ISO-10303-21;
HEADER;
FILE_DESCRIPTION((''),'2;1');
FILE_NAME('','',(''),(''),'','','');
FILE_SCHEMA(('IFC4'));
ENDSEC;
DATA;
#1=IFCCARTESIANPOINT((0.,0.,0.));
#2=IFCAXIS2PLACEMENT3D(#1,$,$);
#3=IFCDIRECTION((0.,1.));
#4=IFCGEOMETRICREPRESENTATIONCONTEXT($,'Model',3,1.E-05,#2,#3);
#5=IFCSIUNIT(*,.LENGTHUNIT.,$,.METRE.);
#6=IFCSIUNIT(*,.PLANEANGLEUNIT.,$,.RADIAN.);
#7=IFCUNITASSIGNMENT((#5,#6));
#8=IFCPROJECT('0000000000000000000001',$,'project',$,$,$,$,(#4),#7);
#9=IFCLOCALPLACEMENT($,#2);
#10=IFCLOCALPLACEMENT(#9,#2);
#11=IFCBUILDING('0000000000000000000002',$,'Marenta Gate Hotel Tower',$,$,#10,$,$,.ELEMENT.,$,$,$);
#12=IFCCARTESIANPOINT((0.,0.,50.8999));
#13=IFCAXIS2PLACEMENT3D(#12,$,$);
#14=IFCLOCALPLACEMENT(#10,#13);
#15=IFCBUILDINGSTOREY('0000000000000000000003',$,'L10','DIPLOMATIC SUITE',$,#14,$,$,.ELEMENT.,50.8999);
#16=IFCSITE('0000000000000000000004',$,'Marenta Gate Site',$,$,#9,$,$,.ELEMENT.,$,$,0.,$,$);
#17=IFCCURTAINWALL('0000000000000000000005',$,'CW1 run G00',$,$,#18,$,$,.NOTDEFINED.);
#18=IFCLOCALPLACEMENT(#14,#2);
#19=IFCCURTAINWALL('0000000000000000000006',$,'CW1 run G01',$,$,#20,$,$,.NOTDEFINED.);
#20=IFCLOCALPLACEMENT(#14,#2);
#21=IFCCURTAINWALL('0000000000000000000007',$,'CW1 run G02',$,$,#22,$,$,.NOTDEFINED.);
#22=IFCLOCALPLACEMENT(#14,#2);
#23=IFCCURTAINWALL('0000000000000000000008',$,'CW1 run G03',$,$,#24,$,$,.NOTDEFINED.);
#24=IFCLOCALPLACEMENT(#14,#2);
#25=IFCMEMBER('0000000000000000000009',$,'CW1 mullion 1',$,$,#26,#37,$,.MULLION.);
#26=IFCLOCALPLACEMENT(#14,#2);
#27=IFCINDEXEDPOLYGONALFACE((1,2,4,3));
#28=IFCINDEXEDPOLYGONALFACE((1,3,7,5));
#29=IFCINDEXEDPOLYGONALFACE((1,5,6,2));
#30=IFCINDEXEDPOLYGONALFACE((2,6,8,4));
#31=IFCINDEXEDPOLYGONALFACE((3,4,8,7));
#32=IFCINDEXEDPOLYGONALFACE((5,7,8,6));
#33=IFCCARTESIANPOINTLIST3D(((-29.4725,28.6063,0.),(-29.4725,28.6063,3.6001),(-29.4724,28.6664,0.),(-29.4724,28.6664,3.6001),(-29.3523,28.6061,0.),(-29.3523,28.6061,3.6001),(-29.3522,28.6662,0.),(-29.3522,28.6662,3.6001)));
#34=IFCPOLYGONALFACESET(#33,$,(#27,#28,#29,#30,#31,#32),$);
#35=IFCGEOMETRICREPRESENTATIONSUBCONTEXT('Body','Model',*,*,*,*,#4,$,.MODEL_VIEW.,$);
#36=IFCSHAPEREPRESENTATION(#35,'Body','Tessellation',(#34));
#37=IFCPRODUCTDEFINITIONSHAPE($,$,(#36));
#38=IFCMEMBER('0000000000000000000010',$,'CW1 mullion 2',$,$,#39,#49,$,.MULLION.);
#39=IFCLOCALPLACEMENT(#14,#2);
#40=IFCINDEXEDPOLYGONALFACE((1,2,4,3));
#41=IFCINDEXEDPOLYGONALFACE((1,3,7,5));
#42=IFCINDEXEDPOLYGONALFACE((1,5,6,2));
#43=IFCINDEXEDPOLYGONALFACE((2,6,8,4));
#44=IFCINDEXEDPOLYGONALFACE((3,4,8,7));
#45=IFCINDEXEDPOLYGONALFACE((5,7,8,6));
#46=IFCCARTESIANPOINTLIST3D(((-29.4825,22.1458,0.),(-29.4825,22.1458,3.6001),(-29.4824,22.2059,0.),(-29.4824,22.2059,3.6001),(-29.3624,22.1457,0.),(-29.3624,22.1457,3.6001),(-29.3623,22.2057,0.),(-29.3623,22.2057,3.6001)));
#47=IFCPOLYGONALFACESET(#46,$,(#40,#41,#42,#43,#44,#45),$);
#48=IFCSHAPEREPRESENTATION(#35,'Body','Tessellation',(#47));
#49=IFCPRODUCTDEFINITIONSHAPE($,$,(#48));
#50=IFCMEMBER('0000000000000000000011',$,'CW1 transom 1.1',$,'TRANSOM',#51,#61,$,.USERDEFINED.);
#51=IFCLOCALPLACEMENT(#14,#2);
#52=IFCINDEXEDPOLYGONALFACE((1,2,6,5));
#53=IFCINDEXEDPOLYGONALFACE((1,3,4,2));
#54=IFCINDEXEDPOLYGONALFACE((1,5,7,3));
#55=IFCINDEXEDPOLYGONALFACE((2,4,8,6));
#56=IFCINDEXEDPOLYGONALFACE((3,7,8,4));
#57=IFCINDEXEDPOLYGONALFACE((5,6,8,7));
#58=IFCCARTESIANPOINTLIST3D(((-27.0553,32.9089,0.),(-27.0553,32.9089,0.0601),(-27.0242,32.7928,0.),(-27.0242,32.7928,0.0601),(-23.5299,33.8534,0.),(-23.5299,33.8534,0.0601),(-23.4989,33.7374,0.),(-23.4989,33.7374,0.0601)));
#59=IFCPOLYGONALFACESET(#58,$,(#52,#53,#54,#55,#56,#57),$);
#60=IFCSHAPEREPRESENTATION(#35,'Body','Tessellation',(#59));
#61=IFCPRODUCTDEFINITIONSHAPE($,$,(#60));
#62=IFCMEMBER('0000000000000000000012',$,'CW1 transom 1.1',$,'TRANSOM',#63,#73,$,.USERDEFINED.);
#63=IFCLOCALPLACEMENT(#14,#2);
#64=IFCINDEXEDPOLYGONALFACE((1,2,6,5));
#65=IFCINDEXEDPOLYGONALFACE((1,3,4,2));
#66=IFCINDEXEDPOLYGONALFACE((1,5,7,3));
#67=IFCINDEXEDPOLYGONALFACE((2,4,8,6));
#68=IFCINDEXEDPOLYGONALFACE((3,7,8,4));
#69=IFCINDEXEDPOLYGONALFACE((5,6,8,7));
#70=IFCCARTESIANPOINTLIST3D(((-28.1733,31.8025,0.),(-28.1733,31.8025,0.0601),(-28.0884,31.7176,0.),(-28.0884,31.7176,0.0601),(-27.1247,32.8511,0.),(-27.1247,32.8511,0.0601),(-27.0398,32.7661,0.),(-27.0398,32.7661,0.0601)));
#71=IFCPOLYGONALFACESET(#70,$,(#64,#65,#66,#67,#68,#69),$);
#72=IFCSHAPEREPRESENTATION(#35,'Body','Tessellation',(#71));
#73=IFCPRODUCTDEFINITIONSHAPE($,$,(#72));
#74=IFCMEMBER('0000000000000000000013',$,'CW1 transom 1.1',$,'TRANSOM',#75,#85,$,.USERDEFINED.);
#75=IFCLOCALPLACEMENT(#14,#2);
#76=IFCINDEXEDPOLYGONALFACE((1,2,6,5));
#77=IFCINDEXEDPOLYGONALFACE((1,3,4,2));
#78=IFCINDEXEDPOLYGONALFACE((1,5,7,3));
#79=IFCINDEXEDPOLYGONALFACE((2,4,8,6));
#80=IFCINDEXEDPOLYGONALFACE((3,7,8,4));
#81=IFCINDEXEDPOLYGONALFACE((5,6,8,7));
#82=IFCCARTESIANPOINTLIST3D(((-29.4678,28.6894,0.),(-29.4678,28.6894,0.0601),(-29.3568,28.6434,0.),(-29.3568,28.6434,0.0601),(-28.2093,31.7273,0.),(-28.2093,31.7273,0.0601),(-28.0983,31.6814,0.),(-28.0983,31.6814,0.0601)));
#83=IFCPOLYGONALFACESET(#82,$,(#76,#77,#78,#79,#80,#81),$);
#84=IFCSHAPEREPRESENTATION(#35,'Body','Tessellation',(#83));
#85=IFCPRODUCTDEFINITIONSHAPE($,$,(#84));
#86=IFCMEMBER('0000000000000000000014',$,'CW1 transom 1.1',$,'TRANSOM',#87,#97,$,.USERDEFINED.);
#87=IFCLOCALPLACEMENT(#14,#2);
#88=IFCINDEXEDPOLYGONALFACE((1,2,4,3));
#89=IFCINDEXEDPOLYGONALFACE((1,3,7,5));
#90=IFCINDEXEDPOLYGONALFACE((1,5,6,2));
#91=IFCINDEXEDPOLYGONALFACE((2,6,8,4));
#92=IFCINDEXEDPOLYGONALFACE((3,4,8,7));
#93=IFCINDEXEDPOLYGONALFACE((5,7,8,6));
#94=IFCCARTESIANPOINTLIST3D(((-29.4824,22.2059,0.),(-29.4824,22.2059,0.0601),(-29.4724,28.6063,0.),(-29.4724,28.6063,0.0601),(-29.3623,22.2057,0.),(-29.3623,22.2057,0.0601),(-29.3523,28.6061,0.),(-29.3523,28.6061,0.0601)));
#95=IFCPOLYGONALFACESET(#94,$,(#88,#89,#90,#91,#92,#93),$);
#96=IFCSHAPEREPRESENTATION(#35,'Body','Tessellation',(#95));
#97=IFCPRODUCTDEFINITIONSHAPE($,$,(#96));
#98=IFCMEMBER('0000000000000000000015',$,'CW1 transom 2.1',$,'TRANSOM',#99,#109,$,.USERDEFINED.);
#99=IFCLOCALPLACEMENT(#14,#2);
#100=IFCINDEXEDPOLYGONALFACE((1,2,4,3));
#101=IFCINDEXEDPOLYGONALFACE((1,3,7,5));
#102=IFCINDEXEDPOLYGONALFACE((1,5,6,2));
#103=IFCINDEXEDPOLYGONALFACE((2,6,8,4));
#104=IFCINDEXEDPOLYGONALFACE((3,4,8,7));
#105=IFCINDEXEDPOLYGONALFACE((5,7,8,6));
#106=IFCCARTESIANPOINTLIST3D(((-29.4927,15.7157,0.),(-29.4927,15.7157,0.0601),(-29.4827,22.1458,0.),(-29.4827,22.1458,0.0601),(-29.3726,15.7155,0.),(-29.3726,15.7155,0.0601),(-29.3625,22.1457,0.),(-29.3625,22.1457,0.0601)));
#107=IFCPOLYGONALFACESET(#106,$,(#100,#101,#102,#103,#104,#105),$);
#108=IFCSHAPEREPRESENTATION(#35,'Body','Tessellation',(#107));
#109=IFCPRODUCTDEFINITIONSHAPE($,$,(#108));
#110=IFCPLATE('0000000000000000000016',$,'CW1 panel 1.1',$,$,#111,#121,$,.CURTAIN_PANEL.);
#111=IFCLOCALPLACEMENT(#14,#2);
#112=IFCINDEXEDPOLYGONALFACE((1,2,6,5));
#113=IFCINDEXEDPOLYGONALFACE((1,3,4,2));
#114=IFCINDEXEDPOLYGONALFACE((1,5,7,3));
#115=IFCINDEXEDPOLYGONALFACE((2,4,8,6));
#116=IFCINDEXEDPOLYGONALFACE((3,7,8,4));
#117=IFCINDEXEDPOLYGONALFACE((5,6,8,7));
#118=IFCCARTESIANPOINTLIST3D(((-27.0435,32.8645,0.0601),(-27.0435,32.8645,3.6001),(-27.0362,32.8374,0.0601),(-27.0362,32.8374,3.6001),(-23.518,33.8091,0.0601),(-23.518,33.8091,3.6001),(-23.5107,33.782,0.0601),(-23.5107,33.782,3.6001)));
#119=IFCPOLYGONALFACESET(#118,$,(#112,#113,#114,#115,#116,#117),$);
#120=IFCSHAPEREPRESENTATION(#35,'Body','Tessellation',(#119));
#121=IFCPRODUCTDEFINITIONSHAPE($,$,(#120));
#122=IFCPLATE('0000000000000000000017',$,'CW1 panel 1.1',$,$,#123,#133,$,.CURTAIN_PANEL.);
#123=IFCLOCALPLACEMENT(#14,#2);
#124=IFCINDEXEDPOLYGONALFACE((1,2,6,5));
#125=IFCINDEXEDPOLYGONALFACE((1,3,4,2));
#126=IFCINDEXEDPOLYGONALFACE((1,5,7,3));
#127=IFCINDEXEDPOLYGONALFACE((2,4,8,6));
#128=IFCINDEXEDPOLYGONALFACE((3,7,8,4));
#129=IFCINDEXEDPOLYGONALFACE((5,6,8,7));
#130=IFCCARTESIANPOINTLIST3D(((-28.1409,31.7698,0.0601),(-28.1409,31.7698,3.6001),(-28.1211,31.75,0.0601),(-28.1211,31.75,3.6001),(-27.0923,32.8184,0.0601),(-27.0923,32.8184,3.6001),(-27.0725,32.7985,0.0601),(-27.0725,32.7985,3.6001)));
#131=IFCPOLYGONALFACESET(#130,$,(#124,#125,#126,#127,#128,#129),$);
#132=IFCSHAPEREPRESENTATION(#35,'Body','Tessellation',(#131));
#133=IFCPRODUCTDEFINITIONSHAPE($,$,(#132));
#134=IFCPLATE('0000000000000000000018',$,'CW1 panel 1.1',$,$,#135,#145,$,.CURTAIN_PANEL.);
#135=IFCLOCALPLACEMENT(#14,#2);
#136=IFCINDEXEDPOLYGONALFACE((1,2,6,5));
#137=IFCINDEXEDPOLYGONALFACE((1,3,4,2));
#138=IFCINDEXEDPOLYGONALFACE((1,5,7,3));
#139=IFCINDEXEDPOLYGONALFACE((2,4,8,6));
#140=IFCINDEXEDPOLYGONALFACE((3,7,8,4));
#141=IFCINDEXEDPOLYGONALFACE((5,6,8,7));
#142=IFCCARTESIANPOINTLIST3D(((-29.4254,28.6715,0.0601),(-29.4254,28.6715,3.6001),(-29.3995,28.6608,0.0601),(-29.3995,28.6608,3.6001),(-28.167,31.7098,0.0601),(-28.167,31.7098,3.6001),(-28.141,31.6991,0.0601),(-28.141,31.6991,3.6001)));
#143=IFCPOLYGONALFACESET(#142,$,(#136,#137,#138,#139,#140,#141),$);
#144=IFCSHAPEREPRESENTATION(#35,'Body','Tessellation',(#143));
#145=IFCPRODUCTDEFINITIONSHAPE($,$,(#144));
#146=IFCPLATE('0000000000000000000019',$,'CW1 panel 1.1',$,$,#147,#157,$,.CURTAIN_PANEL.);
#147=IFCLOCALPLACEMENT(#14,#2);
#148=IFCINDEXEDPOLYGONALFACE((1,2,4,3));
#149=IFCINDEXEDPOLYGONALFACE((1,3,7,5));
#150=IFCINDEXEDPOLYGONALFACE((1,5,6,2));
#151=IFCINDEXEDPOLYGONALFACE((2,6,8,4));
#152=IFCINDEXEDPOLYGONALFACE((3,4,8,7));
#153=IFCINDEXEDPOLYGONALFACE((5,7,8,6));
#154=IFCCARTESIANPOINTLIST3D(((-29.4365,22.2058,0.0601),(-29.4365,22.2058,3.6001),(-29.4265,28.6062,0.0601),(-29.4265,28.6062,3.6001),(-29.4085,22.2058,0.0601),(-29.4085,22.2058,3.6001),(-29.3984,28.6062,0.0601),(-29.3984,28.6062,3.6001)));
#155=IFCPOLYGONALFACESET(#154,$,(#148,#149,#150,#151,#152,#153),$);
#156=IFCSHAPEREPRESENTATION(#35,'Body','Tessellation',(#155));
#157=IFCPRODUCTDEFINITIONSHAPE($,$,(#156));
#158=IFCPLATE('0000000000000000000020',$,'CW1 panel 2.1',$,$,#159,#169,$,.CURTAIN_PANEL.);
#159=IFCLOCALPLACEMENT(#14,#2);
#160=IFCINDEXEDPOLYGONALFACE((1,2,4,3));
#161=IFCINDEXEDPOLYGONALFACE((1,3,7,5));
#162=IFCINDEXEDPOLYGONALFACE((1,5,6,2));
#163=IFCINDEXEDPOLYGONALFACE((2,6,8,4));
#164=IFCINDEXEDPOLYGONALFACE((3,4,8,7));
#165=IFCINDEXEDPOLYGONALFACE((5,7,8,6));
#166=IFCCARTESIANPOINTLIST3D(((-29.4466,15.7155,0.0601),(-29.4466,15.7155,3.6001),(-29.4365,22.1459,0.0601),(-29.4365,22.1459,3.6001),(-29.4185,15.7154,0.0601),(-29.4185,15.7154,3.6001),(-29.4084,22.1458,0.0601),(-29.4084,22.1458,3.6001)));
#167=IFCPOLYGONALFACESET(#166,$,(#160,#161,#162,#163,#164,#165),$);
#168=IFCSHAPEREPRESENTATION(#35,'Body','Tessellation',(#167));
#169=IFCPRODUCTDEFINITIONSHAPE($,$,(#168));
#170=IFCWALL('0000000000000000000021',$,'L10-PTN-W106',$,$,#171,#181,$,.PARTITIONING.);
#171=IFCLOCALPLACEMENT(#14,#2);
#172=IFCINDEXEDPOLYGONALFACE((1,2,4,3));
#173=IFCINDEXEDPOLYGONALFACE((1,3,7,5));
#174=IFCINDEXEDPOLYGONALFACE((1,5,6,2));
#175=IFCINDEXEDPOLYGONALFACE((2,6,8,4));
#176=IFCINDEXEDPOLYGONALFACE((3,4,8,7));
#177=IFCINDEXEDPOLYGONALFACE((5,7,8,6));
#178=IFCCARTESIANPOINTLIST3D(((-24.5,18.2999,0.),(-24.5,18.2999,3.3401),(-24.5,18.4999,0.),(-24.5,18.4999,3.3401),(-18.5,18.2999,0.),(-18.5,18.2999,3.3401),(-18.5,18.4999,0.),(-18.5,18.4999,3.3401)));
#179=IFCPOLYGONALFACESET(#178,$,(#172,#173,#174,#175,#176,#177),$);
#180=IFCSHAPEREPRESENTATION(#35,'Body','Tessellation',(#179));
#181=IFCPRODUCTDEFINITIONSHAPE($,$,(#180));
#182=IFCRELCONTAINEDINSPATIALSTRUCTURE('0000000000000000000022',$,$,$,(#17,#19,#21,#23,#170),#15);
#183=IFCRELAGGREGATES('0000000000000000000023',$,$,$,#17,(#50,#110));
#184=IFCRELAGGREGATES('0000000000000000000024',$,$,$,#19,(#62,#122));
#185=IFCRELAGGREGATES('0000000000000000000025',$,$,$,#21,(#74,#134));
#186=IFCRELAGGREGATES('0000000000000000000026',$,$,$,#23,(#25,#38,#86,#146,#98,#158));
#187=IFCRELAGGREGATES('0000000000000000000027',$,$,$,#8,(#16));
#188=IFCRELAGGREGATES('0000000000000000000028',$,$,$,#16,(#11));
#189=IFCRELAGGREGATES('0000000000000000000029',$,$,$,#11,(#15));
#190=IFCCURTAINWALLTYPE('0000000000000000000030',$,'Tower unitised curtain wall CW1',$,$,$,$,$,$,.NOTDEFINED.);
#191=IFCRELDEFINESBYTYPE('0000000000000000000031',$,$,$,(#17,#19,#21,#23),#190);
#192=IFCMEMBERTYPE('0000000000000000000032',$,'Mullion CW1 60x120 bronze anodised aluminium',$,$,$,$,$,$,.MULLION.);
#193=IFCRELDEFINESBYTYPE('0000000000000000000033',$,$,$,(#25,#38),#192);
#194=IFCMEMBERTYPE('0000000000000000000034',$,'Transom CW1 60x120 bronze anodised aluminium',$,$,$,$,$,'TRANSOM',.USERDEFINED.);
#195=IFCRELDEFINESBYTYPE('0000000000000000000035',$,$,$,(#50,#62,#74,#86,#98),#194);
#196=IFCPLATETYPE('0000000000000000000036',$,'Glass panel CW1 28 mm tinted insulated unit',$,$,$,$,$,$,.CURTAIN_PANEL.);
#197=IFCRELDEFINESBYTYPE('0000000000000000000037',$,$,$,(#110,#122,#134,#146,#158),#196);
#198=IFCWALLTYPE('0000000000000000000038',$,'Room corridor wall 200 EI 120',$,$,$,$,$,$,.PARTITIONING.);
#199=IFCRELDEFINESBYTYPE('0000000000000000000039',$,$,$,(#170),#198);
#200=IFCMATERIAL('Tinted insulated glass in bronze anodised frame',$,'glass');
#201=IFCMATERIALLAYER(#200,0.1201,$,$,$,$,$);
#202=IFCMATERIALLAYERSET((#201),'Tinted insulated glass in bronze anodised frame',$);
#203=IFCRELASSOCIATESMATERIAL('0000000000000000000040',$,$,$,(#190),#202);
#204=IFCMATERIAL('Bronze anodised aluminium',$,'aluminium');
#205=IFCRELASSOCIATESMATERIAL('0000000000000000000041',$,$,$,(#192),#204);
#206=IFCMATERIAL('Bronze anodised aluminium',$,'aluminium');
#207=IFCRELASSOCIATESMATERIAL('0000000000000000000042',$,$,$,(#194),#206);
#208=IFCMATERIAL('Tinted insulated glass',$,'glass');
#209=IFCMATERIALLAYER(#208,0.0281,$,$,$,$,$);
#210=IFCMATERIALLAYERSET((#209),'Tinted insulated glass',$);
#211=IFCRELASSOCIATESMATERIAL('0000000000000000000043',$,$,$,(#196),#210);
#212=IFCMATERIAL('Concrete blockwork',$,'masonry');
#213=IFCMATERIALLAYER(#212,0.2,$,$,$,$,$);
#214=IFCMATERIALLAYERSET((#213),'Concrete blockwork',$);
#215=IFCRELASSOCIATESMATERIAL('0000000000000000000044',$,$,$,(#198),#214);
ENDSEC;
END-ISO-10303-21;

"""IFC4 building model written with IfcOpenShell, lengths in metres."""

from ifc_helpers import new_model, si_unit, direction, frame, frame_2d, origin, origin_2d, place, context, subcontext, project, spatial, rectangle, extrude, material, layer, layer_set, material_profile, profile_set, type_object, element, aggregate, save


model = new_model("IFC4")

# Units and contexts
model_context = context("Model", 3, precision=1e-05, world=origin(), true_north=direction((0.0, 1.0)))
body_context = subcontext(model_context, "Body", "Model", "MODEL_VIEW")
ifc_project = project(units=[si_unit("LENGTHUNIT", "METRE"), si_unit("PLANEANGLEUNIT", "RADIAN")], contexts=[model_context])

# Site, building, storey
site_placement = place(None, origin())
site = spatial("IfcSite", under=ifc_project, at=site_placement, Name="Marenta Gate Site", CompositionType="ELEMENT", RefElevation=0.0)
building_placement = place(site_placement, origin())
building = spatial("IfcBuilding", under=site, at=building_placement, Name="Marenta Gate Hotel Tower", CompositionType="ELEMENT")
storey_placement = place(building_placement, frame((0.0, 0.0, 50.8999)))
storey = spatial("IfcBuildingStorey", under=building, at=storey_placement, Name="L10", Description="DIPLOMATIC SUITE", CompositionType="ELEMENT", Elevation=50.8999)

# Curtain walls
ifc_material_1 = material(Name="Tinted insulated glass in bronze anodised frame", Category="glass")
ifc_layer_1 = layer(ifc_material_1, 0.1201)
ifc_layer_set_1 = layer_set([ifc_layer_1], Name="Tinted insulated glass in bronze anodised frame")
curtain_wall_type = type_object("IfcCurtainWallType", Name="Tower unitised curtain wall CW1", PredefinedType="NOTDEFINED", material=ifc_layer_set_1)
curtain_wall_1_placement = place(storey_placement, origin())
curtain_wall_1 = element("IfcCurtainWall", 1, at=curtain_wall_1_placement, inside=storey, type_object=curtain_wall_type, Name="CW1 run G00", PredefinedType="NOTDEFINED")
ifc_material_2 = material(Name="Bronze anodised aluminium", Category="aluminium")
ifc_material_profile_1 = material_profile(ifc_material_2, rectangle(XDim=0.1201, YDim=0.0601, at=origin_2d()), Name="Mullion CW1 60x120 bronze anodised aluminium")
ifc_profile_set_1 = profile_set([ifc_material_profile_1], Name="Bronze anodised aluminium")
member_type_1 = type_object("IfcMemberType", Name="Mullion CW1 60x120 bronze anodised aluminium", PredefinedType="MULLION", material=ifc_profile_set_1)
curtain_wall_2_placement = place(storey_placement, origin())
curtain_wall_2 = element("IfcCurtainWall", 2, at=curtain_wall_2_placement, inside=storey, type_object=curtain_wall_type, Name="CW1 run G01", PredefinedType="NOTDEFINED")
curtain_wall_3_placement = place(storey_placement, origin())
curtain_wall_3 = element("IfcCurtainWall", 3, at=curtain_wall_3_placement, inside=storey, type_object=curtain_wall_type, Name="CW1 run G02", PredefinedType="NOTDEFINED")

# Curtain wall, members
curtain_wall_4_placement = place(storey_placement, origin())
curtain_wall_4 = element("IfcCurtainWall", 4, at=curtain_wall_4_placement, inside=storey, type_object=curtain_wall_type, Name="CW1 run G03", PredefinedType="NOTDEFINED")
member_1_placement = place(storey_placement, frame((-29.4124, 28.6362, 0.0), z_axis=(0.0, 0.0, 1.0), x_axis=(0.999999, -0.001566, 0.0)))
member_1 = element("IfcMember", 5, at=member_1_placement, type_object=member_type_1, Name="CW1 mullion 1", PredefinedType="MULLION", context=body_context, shape_type="SweptSolid", body=[
    extrude(rectangle(XDim=0.1201, YDim=0.0601, at=origin_2d()), origin(), (0.0, 0.0, 1.0), 3.6001),
])
member_2_placement = place(storey_placement, frame((-29.4224, 22.1758, 0.0), z_axis=(0.0, 0.0, 1.0), x_axis=(0.999999, -0.001566, 0.0)))
member_2 = element("IfcMember", 6, at=member_2_placement, type_object=member_type_1, Name="CW1 mullion 2", PredefinedType="MULLION", context=body_context, shape_type="SweptSolid", body=[
    extrude(rectangle(XDim=0.1201, YDim=0.0601, at=origin_2d()), origin(), (0.0, 0.0, 1.0), 3.6001),
])

# Members
ifc_material_3 = material(Name="Bronze anodised aluminium", Category="aluminium")
ifc_material_profile_2 = material_profile(ifc_material_3, rectangle(XDim=0.1201, YDim=0.0601, at=origin_2d()), Name="Transom CW1 60x120 bronze anodised aluminium")
ifc_profile_set_2 = profile_set([ifc_material_profile_2], Name="Bronze anodised aluminium")
member_type_2 = type_object("IfcMemberType", Name="Transom CW1 60x120 bronze anodised aluminium", ElementType="TRANSOM", PredefinedType="USERDEFINED", material=ifc_profile_set_2)
member_3_placement = place(storey_placement, frame((-23.5144, 33.7954, 0.03), z_axis=(-0.965929, -0.258807, 0.0), x_axis=(0.258807, -0.965929, 0.0)))
member_3 = element("IfcMember", 7, at=member_3_placement, type_object=member_type_2, Name="CW1 transom 1.1", ObjectType="TRANSOM", PredefinedType="USERDEFINED", context=body_context, shape_type="SweptSolid", body=[
    extrude(rectangle(XDim=0.1201, YDim=0.0601, at=origin_2d()), origin(), (0.0, 0.0, 1.0), 3.6497),
])
member_4_placement = place(storey_placement, frame((-27.0823, 32.8086, 0.03), z_axis=(-0.707107, -0.707107, 0.0), x_axis=(0.707107, -0.707107, 0.0)))
member_4 = element("IfcMember", 8, at=member_4_placement, type_object=member_type_2, Name="CW1 transom 1.1", ObjectType="TRANSOM", PredefinedType="USERDEFINED", context=body_context, shape_type="SweptSolid", body=[
    extrude(rectangle(XDim=0.1201, YDim=0.0601, at=origin_2d()), origin(), (0.0, 0.0, 1.0), 1.4829),
])
member_5_placement = place(storey_placement, frame((-28.1538, 31.7043, 0.03), z_axis=(-0.382717, -0.923866, 0.0), x_axis=(0.923866, -0.382717, 0.0)))
member_5 = element("IfcMember", 9, at=member_5_placement, type_object=member_type_2, Name="CW1 transom 1.1", ObjectType="TRANSOM", PredefinedType="USERDEFINED", context=body_context, shape_type="SweptSolid", body=[
    extrude(rectangle(XDim=0.1201, YDim=0.0601, at=origin_2d()), origin(), (0.0, 0.0, 1.0), 3.2883),
])
member_6_placement = place(storey_placement, frame((-29.4124, 28.6062, 0.03), z_axis=(-0.001564, -0.999999, 0.0), x_axis=(0.999999, -0.001564, 0.0)))
member_6 = element("IfcMember", 10, at=member_6_placement, type_object=member_type_2, Name="CW1 transom 1.1", ObjectType="TRANSOM", PredefinedType="USERDEFINED", context=body_context, shape_type="SweptSolid", body=[
    extrude(rectangle(XDim=0.1201, YDim=0.0601, at=origin_2d()), origin(), (0.0, 0.0, 1.0), 6.4004),
])
member_7_placement = place(storey_placement, frame((-29.4226, 22.1458, 0.03), z_axis=(-0.001557, -0.999999, 0.0), x_axis=(0.999999, -0.001557, 0.0)))
member_7 = element("IfcMember", 11, at=member_7_placement, type_object=member_type_2, Name="CW1 transom 2.1", ObjectType="TRANSOM", PredefinedType="USERDEFINED", context=body_context, shape_type="SweptSolid", body=[
    extrude(rectangle(XDim=0.1201, YDim=0.0601, at=origin_2d()), origin(), (0.0, 0.0, 1.0), 6.4302),
])

# Plates
ifc_material_4 = material(Name="Tinted insulated glass", Category="glass")
ifc_layer_2 = layer(ifc_material_4, 0.0281)
ifc_layer_set_2 = layer_set([ifc_layer_2], Name="Tinted insulated glass")
plate_type = type_object("IfcPlateType", Name="Glass panel CW1 28 mm tinted insulated unit", PredefinedType="CURTAIN_PANEL", material=ifc_layer_set_2)
plate_1_placement = place(storey_placement, frame((-25.2771, 33.3232, 0.0601), z_axis=(0.0, 0.0, 1.0), x_axis=(-0.96593, -0.258802, 0.0)))
plate_1 = element("IfcPlate", 12, at=plate_1_placement, type_object=plate_type, Name="CW1 panel 1.1", PredefinedType="CURTAIN_PANEL", context=body_context, shape_type="SweptSolid", body=[
    extrude(rectangle(XDim=3.6499, YDim=0.0281, at=origin_2d()), origin(), (0.0, 0.0, 1.0), 3.54),
])
aggregate(curtain_wall_1, [member_3, plate_1])
plate_2_placement = place(storey_placement, frame((-27.6067, 32.2842, 0.0601), z_axis=(0.0, 0.0, 1.0), x_axis=(-0.707107, -0.707107, 0.0)))
plate_2 = element("IfcPlate", 13, at=plate_2_placement, type_object=plate_type, Name="CW1 panel 1.1", PredefinedType="CURTAIN_PANEL", context=body_context, shape_type="SweptSolid", body=[
    extrude(rectangle(XDim=1.4829, YDim=0.0281, at=origin_2d()), origin(), (0.0, 0.0, 1.0), 3.54),
])
aggregate(curtain_wall_2, [member_4, plate_2])
plate_3_placement = place(storey_placement, frame((-28.7832, 30.1853, 0.0601), z_axis=(0.0, 0.0, 1.0), x_axis=(-0.38267, -0.923885, 0.0)))
plate_3 = element("IfcPlate", 14, at=plate_3_placement, type_object=plate_type, Name="CW1 panel 1.1", PredefinedType="CURTAIN_PANEL", context=body_context, shape_type="SweptSolid", body=[
    extrude(rectangle(XDim=3.2886, YDim=0.0281, at=origin_2d()), origin(), (0.0, 0.0, 1.0), 3.54),
])
aggregate(curtain_wall_3, [member_5, plate_3])
plate_4_placement = place(storey_placement, frame((-29.4175, 25.406, 0.0601), z_axis=(0.0, 0.0, 1.0), x_axis=(-0.001566, -0.999999, 0.0)))
plate_4 = element("IfcPlate", 15, at=plate_4_placement, type_object=plate_type, Name="CW1 panel 1.1", PredefinedType="CURTAIN_PANEL", context=body_context, shape_type="SweptSolid", body=[
    extrude(rectangle(XDim=6.4004, YDim=0.0281, at=origin_2d()), origin(), (0.0, 0.0, 1.0), 3.54),
])
plate_5_placement = place(storey_placement, frame((-29.4275, 18.9307, 0.0601), z_axis=(0.0, 0.0, 1.0), x_axis=(-0.001566, -0.999999, 0.0)))
plate_5 = element("IfcPlate", 16, at=plate_5_placement, type_object=plate_type, Name="CW1 panel 2.1", PredefinedType="CURTAIN_PANEL", context=body_context, shape_type="SweptSolid", body=[
    extrude(rectangle(XDim=6.4304, YDim=0.0281, at=origin_2d()), origin(), (0.0, 0.0, 1.0), 3.54),
])
aggregate(curtain_wall_4, [member_1, member_2, member_6, plate_4, member_7, plate_5])

# Wall
ifc_material_5 = material(Name="Concrete blockwork", Category="masonry")
ifc_layer_3 = layer(ifc_material_5, 0.2)
ifc_layer_set_3 = layer_set([ifc_layer_3], Name="Concrete blockwork")
wall_type_1 = type_object("IfcWallType", Name="Room corridor wall 200 EI 120", PredefinedType="PARTITIONING", material=ifc_layer_set_3)
wall_1_placement = place(storey_placement, frame((-24.5, 18.3999, 0.0), z_axis=(0.0, 0.0, 1.0), x_axis=(1.0, 0.0, 0.0)))
element("IfcWall", 17, at=wall_1_placement, inside=storey, type_object=wall_type_1, Name="L10-PTN-W106", PredefinedType="PARTITIONING", context=body_context, shape_type="SweptSolid", body=[
    extrude(rectangle(XDim=6.0, YDim=0.2, at=frame_2d((3.0, 0.0))), origin(), (0.0, 0.0, 1.0), 3.3401),
])

save(model, "model.ifc")
